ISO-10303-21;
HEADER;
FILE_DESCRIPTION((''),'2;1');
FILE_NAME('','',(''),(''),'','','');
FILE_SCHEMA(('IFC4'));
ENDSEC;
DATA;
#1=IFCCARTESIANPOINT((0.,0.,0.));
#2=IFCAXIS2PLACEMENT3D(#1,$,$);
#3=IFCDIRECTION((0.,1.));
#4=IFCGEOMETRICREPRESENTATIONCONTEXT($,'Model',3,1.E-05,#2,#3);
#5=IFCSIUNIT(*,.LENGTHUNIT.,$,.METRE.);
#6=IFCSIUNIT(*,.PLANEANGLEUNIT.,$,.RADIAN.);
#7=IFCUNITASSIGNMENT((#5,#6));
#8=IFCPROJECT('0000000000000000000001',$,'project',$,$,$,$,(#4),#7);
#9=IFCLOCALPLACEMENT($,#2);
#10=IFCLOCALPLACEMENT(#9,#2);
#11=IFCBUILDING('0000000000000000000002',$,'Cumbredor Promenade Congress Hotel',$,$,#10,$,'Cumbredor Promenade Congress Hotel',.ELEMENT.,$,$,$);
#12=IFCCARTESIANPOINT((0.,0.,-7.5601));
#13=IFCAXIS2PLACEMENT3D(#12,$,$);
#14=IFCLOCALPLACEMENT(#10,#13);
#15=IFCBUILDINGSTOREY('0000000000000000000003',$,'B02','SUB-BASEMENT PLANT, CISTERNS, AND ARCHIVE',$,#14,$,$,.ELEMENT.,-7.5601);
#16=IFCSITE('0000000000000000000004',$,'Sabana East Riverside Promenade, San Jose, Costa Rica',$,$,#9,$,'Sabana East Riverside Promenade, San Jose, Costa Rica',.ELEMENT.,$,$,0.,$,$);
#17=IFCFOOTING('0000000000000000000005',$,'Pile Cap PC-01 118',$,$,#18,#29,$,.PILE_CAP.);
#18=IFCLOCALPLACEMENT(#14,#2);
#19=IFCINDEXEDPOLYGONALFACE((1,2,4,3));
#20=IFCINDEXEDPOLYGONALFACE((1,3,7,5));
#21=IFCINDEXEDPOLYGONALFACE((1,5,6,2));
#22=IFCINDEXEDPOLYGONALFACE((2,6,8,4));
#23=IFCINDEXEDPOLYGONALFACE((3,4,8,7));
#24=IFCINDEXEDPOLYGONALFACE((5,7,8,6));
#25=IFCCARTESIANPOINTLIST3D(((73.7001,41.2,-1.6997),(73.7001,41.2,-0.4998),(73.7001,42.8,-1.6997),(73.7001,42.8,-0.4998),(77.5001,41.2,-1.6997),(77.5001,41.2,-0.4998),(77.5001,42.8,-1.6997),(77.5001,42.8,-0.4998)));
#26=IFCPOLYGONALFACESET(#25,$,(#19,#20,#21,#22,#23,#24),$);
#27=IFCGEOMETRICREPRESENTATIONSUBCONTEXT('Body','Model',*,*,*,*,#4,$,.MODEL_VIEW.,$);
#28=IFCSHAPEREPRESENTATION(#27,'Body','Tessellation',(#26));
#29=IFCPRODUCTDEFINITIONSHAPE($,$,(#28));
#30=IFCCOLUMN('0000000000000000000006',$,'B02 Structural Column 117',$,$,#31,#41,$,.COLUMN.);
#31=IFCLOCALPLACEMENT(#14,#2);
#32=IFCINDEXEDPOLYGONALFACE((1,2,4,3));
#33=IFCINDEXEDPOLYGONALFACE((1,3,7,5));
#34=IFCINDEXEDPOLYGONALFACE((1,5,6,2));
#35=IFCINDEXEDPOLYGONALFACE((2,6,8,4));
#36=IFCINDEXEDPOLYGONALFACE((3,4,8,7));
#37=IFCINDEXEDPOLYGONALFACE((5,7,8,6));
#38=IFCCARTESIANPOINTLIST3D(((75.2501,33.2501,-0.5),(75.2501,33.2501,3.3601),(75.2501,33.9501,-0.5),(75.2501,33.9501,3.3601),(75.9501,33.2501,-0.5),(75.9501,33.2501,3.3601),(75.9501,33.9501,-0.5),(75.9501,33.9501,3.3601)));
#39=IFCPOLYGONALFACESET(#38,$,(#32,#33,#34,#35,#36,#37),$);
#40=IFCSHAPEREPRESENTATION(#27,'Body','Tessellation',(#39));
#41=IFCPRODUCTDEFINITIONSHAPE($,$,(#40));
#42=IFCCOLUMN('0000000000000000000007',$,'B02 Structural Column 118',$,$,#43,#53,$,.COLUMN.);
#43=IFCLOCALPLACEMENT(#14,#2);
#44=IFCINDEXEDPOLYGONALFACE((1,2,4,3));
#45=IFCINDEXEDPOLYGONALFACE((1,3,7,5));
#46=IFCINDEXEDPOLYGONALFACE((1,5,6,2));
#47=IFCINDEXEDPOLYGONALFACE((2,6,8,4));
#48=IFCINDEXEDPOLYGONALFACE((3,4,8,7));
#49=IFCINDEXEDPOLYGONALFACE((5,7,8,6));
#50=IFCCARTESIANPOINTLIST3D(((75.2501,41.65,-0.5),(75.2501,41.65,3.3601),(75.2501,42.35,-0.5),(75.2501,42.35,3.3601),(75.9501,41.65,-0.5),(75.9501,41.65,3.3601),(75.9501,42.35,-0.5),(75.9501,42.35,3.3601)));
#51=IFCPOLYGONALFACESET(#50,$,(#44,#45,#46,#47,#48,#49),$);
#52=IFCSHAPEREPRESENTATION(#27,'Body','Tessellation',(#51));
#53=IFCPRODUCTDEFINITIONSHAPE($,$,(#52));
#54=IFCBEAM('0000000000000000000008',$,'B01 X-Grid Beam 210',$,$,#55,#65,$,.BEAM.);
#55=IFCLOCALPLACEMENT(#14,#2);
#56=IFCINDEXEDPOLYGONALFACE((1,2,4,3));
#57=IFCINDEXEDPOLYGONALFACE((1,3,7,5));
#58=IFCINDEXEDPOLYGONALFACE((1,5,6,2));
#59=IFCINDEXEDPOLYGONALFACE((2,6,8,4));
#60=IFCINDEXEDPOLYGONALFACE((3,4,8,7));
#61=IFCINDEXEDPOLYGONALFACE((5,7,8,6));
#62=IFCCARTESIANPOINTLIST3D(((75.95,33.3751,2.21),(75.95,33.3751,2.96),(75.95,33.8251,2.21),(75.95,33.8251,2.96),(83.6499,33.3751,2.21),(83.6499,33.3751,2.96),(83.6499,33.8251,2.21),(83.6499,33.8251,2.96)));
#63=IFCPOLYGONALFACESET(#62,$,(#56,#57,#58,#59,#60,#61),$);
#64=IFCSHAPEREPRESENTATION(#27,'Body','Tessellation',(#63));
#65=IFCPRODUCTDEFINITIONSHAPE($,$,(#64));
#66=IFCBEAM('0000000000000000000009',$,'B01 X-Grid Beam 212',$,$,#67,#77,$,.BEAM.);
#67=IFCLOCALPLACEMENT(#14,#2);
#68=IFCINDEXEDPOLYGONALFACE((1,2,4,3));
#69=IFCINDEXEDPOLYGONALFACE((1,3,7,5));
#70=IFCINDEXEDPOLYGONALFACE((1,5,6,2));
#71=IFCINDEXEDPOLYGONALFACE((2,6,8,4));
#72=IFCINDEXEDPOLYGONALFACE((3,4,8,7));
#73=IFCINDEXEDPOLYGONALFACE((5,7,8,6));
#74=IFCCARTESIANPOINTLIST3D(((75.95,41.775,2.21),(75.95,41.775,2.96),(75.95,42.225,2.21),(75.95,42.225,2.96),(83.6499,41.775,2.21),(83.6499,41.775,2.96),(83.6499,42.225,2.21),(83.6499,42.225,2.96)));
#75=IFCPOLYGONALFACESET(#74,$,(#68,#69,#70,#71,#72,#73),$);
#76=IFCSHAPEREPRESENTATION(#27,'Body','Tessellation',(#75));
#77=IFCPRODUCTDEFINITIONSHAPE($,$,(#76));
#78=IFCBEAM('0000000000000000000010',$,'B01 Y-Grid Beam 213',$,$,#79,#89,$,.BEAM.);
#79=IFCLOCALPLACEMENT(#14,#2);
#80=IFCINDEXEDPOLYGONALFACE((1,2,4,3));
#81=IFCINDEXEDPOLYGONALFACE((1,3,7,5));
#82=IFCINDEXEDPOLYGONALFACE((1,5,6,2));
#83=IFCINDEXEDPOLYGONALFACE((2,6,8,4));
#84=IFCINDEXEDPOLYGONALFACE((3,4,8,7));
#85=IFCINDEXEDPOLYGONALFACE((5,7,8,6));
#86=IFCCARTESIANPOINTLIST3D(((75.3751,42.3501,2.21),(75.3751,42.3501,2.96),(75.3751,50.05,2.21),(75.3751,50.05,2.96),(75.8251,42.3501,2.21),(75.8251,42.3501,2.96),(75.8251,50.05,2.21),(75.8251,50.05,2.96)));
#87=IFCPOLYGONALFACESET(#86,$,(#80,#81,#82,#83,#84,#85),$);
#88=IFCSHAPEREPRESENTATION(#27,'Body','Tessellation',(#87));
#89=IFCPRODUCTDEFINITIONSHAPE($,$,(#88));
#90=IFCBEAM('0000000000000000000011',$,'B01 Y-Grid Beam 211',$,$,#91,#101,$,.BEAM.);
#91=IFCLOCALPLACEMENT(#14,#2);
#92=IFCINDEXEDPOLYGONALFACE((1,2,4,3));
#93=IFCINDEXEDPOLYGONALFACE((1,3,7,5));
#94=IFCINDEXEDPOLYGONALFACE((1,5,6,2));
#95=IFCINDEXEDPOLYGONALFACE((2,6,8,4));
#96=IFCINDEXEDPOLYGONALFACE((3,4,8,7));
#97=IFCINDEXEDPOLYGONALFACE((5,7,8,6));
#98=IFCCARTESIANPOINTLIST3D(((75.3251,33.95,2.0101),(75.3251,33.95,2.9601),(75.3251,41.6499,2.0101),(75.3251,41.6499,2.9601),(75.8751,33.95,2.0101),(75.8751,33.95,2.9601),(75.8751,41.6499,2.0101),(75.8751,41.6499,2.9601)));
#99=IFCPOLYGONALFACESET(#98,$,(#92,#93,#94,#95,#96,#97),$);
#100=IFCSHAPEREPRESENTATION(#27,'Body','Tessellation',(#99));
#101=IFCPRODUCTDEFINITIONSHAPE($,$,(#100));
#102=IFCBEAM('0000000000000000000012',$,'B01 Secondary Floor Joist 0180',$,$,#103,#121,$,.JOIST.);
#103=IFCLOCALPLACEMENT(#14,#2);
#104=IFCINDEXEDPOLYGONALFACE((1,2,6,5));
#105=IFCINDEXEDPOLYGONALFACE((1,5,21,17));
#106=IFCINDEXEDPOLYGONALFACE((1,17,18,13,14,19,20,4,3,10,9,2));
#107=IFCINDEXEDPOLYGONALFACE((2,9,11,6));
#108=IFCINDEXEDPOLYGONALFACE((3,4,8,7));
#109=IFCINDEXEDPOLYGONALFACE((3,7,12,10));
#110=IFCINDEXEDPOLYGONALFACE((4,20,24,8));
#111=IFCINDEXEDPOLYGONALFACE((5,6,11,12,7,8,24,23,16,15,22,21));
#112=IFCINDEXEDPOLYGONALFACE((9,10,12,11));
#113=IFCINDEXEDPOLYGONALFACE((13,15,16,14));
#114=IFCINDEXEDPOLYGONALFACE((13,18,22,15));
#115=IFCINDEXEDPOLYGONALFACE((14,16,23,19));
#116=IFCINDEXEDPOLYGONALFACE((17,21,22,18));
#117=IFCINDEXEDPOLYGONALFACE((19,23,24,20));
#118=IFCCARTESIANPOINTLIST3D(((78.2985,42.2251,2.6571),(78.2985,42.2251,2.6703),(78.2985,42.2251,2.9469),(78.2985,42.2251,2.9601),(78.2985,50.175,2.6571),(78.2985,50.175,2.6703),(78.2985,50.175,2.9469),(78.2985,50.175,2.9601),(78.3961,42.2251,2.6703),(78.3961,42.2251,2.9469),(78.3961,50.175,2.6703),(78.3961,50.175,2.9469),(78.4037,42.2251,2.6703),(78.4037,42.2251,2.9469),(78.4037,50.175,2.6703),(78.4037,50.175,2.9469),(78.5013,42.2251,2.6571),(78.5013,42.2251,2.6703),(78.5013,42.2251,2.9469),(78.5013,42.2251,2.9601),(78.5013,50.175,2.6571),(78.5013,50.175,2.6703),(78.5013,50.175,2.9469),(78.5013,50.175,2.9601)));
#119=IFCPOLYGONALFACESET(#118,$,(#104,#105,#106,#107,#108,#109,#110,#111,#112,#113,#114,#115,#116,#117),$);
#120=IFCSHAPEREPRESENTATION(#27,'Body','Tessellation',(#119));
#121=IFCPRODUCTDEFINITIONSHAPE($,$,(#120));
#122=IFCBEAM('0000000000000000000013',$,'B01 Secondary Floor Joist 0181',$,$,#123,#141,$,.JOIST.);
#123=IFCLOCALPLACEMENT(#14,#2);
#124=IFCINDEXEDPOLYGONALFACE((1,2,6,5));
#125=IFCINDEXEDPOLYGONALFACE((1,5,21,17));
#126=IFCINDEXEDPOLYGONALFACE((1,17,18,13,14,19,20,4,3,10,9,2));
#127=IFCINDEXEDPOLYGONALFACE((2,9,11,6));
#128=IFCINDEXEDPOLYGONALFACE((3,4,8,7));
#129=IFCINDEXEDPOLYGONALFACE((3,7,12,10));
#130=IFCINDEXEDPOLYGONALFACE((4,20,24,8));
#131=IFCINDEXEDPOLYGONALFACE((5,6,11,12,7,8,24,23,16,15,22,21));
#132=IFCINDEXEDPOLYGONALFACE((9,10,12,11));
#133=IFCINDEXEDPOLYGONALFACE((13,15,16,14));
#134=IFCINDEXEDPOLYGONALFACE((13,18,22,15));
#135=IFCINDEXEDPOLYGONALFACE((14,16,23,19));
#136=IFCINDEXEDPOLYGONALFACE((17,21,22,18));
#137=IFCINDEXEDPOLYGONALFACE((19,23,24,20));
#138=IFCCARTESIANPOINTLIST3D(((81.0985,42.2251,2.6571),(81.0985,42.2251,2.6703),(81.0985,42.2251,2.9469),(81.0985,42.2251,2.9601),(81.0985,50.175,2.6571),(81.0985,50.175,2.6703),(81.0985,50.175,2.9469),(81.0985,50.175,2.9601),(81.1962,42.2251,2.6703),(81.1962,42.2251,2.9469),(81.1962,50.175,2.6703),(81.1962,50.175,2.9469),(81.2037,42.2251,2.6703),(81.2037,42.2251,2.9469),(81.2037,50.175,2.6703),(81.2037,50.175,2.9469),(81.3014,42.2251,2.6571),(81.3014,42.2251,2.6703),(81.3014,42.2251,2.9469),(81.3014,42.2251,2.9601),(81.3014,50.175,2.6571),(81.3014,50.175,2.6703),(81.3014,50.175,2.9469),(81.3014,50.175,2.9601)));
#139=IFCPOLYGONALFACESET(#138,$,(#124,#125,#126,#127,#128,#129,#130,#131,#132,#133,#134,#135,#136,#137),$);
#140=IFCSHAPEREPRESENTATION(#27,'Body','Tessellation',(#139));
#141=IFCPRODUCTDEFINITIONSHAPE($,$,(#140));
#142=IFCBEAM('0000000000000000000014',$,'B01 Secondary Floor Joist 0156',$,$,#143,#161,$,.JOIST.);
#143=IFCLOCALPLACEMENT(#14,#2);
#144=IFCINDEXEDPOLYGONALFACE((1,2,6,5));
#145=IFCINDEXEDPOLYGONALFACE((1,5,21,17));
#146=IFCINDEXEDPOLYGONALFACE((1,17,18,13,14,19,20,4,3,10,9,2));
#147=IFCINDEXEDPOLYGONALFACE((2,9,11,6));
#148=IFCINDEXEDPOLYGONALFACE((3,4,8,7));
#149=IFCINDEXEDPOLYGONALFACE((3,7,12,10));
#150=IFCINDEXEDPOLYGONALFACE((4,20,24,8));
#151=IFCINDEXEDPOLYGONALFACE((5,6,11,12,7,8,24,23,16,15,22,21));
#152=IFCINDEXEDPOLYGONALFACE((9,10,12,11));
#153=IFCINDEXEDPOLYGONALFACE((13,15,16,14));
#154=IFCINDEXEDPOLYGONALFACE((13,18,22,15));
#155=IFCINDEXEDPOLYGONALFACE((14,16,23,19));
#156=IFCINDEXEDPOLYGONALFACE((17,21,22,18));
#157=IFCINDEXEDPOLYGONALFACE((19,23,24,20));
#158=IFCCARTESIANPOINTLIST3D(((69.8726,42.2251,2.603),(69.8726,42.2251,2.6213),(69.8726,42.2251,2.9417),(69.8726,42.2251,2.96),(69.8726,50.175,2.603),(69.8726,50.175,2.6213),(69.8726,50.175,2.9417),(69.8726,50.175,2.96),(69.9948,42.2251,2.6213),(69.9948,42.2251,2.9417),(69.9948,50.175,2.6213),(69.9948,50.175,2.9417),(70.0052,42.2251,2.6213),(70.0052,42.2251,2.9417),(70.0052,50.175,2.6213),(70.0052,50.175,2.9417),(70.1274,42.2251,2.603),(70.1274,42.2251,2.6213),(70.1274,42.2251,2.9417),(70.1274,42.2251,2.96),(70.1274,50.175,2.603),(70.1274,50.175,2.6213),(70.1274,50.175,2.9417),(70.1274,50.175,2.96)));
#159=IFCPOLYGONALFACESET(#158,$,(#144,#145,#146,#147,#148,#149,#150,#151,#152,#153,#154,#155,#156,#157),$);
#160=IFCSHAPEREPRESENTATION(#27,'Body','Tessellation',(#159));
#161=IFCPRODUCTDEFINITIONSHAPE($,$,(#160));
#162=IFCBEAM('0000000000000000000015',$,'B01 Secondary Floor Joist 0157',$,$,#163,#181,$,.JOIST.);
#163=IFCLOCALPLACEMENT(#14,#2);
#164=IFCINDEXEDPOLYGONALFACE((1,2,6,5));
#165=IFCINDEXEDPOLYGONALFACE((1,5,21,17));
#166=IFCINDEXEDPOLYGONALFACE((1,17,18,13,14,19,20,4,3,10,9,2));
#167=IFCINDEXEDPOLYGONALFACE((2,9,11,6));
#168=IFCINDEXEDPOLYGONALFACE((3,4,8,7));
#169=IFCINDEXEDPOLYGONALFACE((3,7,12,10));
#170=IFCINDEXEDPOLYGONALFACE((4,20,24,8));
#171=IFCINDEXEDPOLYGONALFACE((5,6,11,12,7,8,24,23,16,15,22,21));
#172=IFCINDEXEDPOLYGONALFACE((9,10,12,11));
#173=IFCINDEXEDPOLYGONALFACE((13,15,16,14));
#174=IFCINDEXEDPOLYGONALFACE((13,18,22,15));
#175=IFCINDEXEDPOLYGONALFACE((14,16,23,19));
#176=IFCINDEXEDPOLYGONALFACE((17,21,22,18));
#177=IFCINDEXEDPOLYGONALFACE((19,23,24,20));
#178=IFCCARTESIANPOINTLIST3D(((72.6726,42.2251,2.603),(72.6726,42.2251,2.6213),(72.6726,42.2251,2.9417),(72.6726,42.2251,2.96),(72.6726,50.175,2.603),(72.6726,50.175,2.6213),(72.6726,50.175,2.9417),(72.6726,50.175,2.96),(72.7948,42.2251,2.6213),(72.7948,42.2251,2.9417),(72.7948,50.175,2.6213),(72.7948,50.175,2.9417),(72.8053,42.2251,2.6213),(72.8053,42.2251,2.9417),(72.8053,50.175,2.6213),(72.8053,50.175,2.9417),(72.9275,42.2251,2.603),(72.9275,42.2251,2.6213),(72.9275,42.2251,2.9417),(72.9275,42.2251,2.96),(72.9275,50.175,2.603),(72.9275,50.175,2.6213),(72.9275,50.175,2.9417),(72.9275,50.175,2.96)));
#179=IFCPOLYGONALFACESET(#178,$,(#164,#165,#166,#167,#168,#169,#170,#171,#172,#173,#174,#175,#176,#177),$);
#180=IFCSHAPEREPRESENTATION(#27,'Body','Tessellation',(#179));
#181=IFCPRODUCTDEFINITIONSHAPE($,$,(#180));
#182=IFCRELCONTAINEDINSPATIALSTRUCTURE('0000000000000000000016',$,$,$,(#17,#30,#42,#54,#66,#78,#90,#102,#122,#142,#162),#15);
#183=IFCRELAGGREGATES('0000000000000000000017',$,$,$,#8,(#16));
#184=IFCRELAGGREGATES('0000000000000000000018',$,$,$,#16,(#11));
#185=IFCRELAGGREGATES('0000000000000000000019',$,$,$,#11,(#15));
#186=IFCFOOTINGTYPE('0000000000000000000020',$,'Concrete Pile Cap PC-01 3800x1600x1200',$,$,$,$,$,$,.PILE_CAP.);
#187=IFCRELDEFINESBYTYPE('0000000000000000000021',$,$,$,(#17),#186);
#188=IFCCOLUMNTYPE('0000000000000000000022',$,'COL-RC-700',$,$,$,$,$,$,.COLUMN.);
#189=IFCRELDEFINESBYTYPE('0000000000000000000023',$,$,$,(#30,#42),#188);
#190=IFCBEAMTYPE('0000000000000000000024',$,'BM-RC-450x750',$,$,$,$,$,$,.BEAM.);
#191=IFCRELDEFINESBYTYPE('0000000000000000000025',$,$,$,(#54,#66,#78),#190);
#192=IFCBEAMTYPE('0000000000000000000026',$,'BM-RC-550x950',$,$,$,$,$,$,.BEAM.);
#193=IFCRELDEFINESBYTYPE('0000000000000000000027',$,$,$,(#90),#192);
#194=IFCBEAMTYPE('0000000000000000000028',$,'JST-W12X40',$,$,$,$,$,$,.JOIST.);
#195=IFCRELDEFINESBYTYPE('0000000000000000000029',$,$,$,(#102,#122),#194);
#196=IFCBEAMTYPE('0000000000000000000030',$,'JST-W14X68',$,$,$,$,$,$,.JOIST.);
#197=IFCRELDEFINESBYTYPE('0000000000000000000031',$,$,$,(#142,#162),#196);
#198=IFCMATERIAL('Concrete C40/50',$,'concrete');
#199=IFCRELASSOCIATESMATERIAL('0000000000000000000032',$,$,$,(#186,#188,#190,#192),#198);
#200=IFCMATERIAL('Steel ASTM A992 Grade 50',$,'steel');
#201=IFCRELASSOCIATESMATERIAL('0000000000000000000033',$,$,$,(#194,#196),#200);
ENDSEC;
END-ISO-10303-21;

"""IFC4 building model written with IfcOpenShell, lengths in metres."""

from ifc_helpers import new_model, si_unit, direction, frame, origin, origin_2d, place, context, subcontext, project, spatial, rectangle, i_section, extrude, material, material_profile, profile_set, type_object, element, save


model = new_model("IFC4")

# Units and contexts
model_context = context("Model", 3, precision=1e-05, world=origin(), true_north=direction((0.0, 1.0)))
body_context = subcontext(model_context, "Body", "Model", "MODEL_VIEW")
ifc_project = project(units=[si_unit("LENGTHUNIT", "METRE"), si_unit("PLANEANGLEUNIT", "RADIAN")], contexts=[model_context])

# Site, building, storey
site_placement = place(None, origin())
site = spatial("IfcSite", under=ifc_project, at=site_placement, Name="Sabana East Riverside Promenade, San Jose, Costa Rica", LongName="Sabana East Riverside Promenade, San Jose, Costa Rica", CompositionType="ELEMENT", RefElevation=0.0)
building_placement = place(site_placement, origin())
building = spatial("IfcBuilding", under=site, at=building_placement, Name="Cumbredor Promenade Congress Hotel", LongName="Cumbredor Promenade Congress Hotel", CompositionType="ELEMENT")
storey_placement = place(building_placement, frame((0.0, 0.0, -7.5601)))
storey = spatial("IfcBuildingStorey", under=building, at=storey_placement, Name="B02", Description="SUB-BASEMENT PLANT, CISTERNS, AND ARCHIVE", CompositionType="ELEMENT", Elevation=-7.5601)

# Shared definitions
ifc_material_1 = material(Name="Concrete C40/50", Category="concrete")

# Footing
footing_type_1 = type_object("IfcFootingType", Name="Concrete Pile Cap PC-01 3800x1600x1200", PredefinedType="PILE_CAP", material=ifc_material_1)
for number, where, z_axis, x_axis, name in (
    (1, (75.6001, 42.0, -1.6997), (0.0, 0.0, 1.0), (1.0, 0.0, 0.0), "Pile Cap PC-01 118"),
):
    element("IfcFooting", number, at=place(storey_placement, frame(where, z_axis=z_axis, x_axis=x_axis)), inside=storey, type_object=footing_type_1, Name=name, PredefinedType="PILE_CAP", context=body_context, shape_type="SweptSolid", body=[
        extrude(rectangle(XDim=3.8, YDim=1.6001, at=origin_2d()), origin(), (0.0, 0.0, 1.0), 1.2),
    ])

# Columns
ifc_material_profile_1 = material_profile(ifc_material_1, rectangle(XDim=0.7, YDim=0.7, at=origin_2d()), Name="RC 700x700")
ifc_profile_set_1 = profile_set([ifc_material_profile_1], Name="Concrete C40/50")
column_type = type_object("IfcColumnType", Name="COL-RC-700", PredefinedType="COLUMN", material=ifc_profile_set_1)
for number, where, z_axis, x_axis, name in (
    (2, (75.6001, 33.6001, -0.5), (0.0, 0.0, 1.0), (1.0, 0.0, 0.0), "B02 Structural Column 117"),
    (3, (75.6001, 42.0, -0.5), (0.0, 0.0, 1.0), (1.0, 0.0, 0.0), "B02 Structural Column 118"),
):
    element("IfcColumn", number, at=place(storey_placement, frame(where, z_axis=z_axis, x_axis=x_axis)), inside=storey, type_object=column_type, Name=name, PredefinedType="COLUMN", context=body_context, shape_type="SweptSolid", body=[
        extrude(rectangle(XDim=0.7, YDim=0.7, at=origin_2d()), origin(), (0.0, 0.0, 1.0), 3.8601),
    ])

# Beams
ifc_material_profile_2 = material_profile(ifc_material_1, rectangle(XDim=0.45, YDim=0.75, at=origin_2d()), Name="RC BEAM 450x750")
ifc_profile_set_2 = profile_set([ifc_material_profile_2], Name="Concrete C40/50")
beam_type_1 = type_object("IfcBeamType", Name="BM-RC-450x750", PredefinedType="BEAM", material=ifc_profile_set_2)
for number, where, z_axis, x_axis, name in (
    (4, (75.95, 33.6001, 2.585), (1.0, 0.0, 0.0), (0.0, 1.0, 0.0), "B01 X-Grid Beam 210"),
    (5, (75.95, 42.0, 2.585), (1.0, 0.0, 0.0), (0.0, 1.0, 0.0), "B01 X-Grid Beam 212"),
    (6, (75.6001, 42.3501, 2.585), (0.0, 1.0, 0.0), (-1.0, 0.0, 0.0), "B01 Y-Grid Beam 213"),
):
    element("IfcBeam", number, at=place(storey_placement, frame(where, z_axis=z_axis, x_axis=x_axis)), inside=storey, type_object=beam_type_1, Name=name, PredefinedType="BEAM", context=body_context, shape_type="SweptSolid", body=[
        extrude(rectangle(XDim=0.45, YDim=0.75, at=origin_2d()), origin(), (0.0, 0.0, 1.0), 7.7),
    ])
ifc_material_profile_3 = material_profile(ifc_material_1, rectangle(XDim=0.55, YDim=0.95, at=origin_2d()), Name="RC BEAM 550x950")
ifc_profile_set_3 = profile_set([ifc_material_profile_3], Name="Concrete C40/50")
beam_type_2 = type_object("IfcBeamType", Name="BM-RC-550x950", PredefinedType="BEAM", material=ifc_profile_set_3)
beam_placement = place(storey_placement, frame((75.6001, 33.95, 2.4851), z_axis=(0.0, 1.0, 0.0), x_axis=(-1.0, 0.0, 0.0)))
element("IfcBeam", 7, at=beam_placement, inside=storey, type_object=beam_type_2, Name="B01 Y-Grid Beam 211", PredefinedType="BEAM", context=body_context, shape_type="SweptSolid", body=[
    extrude(rectangle(XDim=0.55, YDim=0.95, at=origin_2d()), origin(), (0.0, 0.0, 1.0), 7.7),
])
ifc_material_2 = material(Name="Steel ASTM A992 Grade 50", Category="steel")
ifc_material_profile_4 = material_profile(ifc_material_2, i_section(OverallWidth=0.2029, OverallDepth=0.303, WebThickness=0.0076, FlangeThickness=0.0132, at=origin_2d()), Name="W12X40")
ifc_profile_set_4 = profile_set([ifc_material_profile_4], Name="Steel ASTM A992 Grade 50")
beam_type_3 = type_object("IfcBeamType", Name="JST-W12X40", PredefinedType="JOIST", material=ifc_profile_set_4)
for number, where, z_axis, x_axis, name in (
    (8, (78.3999, 42.2251, 2.8086), (0.0, 1.0, 0.0), (-1.0, 0.0, 0.0), "B01 Secondary Floor Joist 0180"),
    (9, (81.2, 42.2251, 2.8086), (0.0, 1.0, 0.0), (-1.0, 0.0, 0.0), "B01 Secondary Floor Joist 0181"),
):
    element("IfcBeam", number, at=place(storey_placement, frame(where, z_axis=z_axis, x_axis=x_axis)), inside=storey, type_object=beam_type_3, Name=name, PredefinedType="JOIST", context=body_context, shape_type="SweptSolid", body=[
        extrude(i_section(OverallWidth=0.2029, OverallDepth=0.303, WebThickness=0.0076, FlangeThickness=0.0132, at=origin_2d()), origin(), (0.0, 0.0, 1.0), 7.95),
    ])
ifc_material_profile_5 = material_profile(ifc_material_2, i_section(OverallWidth=0.2549, OverallDepth=0.3569, WebThickness=0.0105, FlangeThickness=0.0183, at=origin_2d()), Name="W14X68")
ifc_profile_set_5 = profile_set([ifc_material_profile_5], Name="Steel ASTM A992 Grade 50")
beam_type_4 = type_object("IfcBeamType", Name="JST-W14X68", PredefinedType="JOIST", material=ifc_profile_set_5)
for number, where, z_axis, x_axis, name in (
    (10, (70.0, 42.2251, 2.7815), (0.0, 1.0, 0.0), (-1.0, 0.0, 0.0), "B01 Secondary Floor Joist 0156"),
    (11, (72.8, 42.2251, 2.7815), (0.0, 1.0, 0.0), (-1.0, 0.0, 0.0), "B01 Secondary Floor Joist 0157"),
):
    element("IfcBeam", number, at=place(storey_placement, frame(where, z_axis=z_axis, x_axis=x_axis)), inside=storey, type_object=beam_type_4, Name=name, PredefinedType="JOIST", context=body_context, shape_type="SweptSolid", body=[
        extrude(i_section(OverallWidth=0.2549, OverallDepth=0.3569, WebThickness=0.0105, FlangeThickness=0.0183, at=origin_2d()), origin(), (0.0, 0.0, 1.0), 7.95),
    ])

save(model, "model.ifc")
